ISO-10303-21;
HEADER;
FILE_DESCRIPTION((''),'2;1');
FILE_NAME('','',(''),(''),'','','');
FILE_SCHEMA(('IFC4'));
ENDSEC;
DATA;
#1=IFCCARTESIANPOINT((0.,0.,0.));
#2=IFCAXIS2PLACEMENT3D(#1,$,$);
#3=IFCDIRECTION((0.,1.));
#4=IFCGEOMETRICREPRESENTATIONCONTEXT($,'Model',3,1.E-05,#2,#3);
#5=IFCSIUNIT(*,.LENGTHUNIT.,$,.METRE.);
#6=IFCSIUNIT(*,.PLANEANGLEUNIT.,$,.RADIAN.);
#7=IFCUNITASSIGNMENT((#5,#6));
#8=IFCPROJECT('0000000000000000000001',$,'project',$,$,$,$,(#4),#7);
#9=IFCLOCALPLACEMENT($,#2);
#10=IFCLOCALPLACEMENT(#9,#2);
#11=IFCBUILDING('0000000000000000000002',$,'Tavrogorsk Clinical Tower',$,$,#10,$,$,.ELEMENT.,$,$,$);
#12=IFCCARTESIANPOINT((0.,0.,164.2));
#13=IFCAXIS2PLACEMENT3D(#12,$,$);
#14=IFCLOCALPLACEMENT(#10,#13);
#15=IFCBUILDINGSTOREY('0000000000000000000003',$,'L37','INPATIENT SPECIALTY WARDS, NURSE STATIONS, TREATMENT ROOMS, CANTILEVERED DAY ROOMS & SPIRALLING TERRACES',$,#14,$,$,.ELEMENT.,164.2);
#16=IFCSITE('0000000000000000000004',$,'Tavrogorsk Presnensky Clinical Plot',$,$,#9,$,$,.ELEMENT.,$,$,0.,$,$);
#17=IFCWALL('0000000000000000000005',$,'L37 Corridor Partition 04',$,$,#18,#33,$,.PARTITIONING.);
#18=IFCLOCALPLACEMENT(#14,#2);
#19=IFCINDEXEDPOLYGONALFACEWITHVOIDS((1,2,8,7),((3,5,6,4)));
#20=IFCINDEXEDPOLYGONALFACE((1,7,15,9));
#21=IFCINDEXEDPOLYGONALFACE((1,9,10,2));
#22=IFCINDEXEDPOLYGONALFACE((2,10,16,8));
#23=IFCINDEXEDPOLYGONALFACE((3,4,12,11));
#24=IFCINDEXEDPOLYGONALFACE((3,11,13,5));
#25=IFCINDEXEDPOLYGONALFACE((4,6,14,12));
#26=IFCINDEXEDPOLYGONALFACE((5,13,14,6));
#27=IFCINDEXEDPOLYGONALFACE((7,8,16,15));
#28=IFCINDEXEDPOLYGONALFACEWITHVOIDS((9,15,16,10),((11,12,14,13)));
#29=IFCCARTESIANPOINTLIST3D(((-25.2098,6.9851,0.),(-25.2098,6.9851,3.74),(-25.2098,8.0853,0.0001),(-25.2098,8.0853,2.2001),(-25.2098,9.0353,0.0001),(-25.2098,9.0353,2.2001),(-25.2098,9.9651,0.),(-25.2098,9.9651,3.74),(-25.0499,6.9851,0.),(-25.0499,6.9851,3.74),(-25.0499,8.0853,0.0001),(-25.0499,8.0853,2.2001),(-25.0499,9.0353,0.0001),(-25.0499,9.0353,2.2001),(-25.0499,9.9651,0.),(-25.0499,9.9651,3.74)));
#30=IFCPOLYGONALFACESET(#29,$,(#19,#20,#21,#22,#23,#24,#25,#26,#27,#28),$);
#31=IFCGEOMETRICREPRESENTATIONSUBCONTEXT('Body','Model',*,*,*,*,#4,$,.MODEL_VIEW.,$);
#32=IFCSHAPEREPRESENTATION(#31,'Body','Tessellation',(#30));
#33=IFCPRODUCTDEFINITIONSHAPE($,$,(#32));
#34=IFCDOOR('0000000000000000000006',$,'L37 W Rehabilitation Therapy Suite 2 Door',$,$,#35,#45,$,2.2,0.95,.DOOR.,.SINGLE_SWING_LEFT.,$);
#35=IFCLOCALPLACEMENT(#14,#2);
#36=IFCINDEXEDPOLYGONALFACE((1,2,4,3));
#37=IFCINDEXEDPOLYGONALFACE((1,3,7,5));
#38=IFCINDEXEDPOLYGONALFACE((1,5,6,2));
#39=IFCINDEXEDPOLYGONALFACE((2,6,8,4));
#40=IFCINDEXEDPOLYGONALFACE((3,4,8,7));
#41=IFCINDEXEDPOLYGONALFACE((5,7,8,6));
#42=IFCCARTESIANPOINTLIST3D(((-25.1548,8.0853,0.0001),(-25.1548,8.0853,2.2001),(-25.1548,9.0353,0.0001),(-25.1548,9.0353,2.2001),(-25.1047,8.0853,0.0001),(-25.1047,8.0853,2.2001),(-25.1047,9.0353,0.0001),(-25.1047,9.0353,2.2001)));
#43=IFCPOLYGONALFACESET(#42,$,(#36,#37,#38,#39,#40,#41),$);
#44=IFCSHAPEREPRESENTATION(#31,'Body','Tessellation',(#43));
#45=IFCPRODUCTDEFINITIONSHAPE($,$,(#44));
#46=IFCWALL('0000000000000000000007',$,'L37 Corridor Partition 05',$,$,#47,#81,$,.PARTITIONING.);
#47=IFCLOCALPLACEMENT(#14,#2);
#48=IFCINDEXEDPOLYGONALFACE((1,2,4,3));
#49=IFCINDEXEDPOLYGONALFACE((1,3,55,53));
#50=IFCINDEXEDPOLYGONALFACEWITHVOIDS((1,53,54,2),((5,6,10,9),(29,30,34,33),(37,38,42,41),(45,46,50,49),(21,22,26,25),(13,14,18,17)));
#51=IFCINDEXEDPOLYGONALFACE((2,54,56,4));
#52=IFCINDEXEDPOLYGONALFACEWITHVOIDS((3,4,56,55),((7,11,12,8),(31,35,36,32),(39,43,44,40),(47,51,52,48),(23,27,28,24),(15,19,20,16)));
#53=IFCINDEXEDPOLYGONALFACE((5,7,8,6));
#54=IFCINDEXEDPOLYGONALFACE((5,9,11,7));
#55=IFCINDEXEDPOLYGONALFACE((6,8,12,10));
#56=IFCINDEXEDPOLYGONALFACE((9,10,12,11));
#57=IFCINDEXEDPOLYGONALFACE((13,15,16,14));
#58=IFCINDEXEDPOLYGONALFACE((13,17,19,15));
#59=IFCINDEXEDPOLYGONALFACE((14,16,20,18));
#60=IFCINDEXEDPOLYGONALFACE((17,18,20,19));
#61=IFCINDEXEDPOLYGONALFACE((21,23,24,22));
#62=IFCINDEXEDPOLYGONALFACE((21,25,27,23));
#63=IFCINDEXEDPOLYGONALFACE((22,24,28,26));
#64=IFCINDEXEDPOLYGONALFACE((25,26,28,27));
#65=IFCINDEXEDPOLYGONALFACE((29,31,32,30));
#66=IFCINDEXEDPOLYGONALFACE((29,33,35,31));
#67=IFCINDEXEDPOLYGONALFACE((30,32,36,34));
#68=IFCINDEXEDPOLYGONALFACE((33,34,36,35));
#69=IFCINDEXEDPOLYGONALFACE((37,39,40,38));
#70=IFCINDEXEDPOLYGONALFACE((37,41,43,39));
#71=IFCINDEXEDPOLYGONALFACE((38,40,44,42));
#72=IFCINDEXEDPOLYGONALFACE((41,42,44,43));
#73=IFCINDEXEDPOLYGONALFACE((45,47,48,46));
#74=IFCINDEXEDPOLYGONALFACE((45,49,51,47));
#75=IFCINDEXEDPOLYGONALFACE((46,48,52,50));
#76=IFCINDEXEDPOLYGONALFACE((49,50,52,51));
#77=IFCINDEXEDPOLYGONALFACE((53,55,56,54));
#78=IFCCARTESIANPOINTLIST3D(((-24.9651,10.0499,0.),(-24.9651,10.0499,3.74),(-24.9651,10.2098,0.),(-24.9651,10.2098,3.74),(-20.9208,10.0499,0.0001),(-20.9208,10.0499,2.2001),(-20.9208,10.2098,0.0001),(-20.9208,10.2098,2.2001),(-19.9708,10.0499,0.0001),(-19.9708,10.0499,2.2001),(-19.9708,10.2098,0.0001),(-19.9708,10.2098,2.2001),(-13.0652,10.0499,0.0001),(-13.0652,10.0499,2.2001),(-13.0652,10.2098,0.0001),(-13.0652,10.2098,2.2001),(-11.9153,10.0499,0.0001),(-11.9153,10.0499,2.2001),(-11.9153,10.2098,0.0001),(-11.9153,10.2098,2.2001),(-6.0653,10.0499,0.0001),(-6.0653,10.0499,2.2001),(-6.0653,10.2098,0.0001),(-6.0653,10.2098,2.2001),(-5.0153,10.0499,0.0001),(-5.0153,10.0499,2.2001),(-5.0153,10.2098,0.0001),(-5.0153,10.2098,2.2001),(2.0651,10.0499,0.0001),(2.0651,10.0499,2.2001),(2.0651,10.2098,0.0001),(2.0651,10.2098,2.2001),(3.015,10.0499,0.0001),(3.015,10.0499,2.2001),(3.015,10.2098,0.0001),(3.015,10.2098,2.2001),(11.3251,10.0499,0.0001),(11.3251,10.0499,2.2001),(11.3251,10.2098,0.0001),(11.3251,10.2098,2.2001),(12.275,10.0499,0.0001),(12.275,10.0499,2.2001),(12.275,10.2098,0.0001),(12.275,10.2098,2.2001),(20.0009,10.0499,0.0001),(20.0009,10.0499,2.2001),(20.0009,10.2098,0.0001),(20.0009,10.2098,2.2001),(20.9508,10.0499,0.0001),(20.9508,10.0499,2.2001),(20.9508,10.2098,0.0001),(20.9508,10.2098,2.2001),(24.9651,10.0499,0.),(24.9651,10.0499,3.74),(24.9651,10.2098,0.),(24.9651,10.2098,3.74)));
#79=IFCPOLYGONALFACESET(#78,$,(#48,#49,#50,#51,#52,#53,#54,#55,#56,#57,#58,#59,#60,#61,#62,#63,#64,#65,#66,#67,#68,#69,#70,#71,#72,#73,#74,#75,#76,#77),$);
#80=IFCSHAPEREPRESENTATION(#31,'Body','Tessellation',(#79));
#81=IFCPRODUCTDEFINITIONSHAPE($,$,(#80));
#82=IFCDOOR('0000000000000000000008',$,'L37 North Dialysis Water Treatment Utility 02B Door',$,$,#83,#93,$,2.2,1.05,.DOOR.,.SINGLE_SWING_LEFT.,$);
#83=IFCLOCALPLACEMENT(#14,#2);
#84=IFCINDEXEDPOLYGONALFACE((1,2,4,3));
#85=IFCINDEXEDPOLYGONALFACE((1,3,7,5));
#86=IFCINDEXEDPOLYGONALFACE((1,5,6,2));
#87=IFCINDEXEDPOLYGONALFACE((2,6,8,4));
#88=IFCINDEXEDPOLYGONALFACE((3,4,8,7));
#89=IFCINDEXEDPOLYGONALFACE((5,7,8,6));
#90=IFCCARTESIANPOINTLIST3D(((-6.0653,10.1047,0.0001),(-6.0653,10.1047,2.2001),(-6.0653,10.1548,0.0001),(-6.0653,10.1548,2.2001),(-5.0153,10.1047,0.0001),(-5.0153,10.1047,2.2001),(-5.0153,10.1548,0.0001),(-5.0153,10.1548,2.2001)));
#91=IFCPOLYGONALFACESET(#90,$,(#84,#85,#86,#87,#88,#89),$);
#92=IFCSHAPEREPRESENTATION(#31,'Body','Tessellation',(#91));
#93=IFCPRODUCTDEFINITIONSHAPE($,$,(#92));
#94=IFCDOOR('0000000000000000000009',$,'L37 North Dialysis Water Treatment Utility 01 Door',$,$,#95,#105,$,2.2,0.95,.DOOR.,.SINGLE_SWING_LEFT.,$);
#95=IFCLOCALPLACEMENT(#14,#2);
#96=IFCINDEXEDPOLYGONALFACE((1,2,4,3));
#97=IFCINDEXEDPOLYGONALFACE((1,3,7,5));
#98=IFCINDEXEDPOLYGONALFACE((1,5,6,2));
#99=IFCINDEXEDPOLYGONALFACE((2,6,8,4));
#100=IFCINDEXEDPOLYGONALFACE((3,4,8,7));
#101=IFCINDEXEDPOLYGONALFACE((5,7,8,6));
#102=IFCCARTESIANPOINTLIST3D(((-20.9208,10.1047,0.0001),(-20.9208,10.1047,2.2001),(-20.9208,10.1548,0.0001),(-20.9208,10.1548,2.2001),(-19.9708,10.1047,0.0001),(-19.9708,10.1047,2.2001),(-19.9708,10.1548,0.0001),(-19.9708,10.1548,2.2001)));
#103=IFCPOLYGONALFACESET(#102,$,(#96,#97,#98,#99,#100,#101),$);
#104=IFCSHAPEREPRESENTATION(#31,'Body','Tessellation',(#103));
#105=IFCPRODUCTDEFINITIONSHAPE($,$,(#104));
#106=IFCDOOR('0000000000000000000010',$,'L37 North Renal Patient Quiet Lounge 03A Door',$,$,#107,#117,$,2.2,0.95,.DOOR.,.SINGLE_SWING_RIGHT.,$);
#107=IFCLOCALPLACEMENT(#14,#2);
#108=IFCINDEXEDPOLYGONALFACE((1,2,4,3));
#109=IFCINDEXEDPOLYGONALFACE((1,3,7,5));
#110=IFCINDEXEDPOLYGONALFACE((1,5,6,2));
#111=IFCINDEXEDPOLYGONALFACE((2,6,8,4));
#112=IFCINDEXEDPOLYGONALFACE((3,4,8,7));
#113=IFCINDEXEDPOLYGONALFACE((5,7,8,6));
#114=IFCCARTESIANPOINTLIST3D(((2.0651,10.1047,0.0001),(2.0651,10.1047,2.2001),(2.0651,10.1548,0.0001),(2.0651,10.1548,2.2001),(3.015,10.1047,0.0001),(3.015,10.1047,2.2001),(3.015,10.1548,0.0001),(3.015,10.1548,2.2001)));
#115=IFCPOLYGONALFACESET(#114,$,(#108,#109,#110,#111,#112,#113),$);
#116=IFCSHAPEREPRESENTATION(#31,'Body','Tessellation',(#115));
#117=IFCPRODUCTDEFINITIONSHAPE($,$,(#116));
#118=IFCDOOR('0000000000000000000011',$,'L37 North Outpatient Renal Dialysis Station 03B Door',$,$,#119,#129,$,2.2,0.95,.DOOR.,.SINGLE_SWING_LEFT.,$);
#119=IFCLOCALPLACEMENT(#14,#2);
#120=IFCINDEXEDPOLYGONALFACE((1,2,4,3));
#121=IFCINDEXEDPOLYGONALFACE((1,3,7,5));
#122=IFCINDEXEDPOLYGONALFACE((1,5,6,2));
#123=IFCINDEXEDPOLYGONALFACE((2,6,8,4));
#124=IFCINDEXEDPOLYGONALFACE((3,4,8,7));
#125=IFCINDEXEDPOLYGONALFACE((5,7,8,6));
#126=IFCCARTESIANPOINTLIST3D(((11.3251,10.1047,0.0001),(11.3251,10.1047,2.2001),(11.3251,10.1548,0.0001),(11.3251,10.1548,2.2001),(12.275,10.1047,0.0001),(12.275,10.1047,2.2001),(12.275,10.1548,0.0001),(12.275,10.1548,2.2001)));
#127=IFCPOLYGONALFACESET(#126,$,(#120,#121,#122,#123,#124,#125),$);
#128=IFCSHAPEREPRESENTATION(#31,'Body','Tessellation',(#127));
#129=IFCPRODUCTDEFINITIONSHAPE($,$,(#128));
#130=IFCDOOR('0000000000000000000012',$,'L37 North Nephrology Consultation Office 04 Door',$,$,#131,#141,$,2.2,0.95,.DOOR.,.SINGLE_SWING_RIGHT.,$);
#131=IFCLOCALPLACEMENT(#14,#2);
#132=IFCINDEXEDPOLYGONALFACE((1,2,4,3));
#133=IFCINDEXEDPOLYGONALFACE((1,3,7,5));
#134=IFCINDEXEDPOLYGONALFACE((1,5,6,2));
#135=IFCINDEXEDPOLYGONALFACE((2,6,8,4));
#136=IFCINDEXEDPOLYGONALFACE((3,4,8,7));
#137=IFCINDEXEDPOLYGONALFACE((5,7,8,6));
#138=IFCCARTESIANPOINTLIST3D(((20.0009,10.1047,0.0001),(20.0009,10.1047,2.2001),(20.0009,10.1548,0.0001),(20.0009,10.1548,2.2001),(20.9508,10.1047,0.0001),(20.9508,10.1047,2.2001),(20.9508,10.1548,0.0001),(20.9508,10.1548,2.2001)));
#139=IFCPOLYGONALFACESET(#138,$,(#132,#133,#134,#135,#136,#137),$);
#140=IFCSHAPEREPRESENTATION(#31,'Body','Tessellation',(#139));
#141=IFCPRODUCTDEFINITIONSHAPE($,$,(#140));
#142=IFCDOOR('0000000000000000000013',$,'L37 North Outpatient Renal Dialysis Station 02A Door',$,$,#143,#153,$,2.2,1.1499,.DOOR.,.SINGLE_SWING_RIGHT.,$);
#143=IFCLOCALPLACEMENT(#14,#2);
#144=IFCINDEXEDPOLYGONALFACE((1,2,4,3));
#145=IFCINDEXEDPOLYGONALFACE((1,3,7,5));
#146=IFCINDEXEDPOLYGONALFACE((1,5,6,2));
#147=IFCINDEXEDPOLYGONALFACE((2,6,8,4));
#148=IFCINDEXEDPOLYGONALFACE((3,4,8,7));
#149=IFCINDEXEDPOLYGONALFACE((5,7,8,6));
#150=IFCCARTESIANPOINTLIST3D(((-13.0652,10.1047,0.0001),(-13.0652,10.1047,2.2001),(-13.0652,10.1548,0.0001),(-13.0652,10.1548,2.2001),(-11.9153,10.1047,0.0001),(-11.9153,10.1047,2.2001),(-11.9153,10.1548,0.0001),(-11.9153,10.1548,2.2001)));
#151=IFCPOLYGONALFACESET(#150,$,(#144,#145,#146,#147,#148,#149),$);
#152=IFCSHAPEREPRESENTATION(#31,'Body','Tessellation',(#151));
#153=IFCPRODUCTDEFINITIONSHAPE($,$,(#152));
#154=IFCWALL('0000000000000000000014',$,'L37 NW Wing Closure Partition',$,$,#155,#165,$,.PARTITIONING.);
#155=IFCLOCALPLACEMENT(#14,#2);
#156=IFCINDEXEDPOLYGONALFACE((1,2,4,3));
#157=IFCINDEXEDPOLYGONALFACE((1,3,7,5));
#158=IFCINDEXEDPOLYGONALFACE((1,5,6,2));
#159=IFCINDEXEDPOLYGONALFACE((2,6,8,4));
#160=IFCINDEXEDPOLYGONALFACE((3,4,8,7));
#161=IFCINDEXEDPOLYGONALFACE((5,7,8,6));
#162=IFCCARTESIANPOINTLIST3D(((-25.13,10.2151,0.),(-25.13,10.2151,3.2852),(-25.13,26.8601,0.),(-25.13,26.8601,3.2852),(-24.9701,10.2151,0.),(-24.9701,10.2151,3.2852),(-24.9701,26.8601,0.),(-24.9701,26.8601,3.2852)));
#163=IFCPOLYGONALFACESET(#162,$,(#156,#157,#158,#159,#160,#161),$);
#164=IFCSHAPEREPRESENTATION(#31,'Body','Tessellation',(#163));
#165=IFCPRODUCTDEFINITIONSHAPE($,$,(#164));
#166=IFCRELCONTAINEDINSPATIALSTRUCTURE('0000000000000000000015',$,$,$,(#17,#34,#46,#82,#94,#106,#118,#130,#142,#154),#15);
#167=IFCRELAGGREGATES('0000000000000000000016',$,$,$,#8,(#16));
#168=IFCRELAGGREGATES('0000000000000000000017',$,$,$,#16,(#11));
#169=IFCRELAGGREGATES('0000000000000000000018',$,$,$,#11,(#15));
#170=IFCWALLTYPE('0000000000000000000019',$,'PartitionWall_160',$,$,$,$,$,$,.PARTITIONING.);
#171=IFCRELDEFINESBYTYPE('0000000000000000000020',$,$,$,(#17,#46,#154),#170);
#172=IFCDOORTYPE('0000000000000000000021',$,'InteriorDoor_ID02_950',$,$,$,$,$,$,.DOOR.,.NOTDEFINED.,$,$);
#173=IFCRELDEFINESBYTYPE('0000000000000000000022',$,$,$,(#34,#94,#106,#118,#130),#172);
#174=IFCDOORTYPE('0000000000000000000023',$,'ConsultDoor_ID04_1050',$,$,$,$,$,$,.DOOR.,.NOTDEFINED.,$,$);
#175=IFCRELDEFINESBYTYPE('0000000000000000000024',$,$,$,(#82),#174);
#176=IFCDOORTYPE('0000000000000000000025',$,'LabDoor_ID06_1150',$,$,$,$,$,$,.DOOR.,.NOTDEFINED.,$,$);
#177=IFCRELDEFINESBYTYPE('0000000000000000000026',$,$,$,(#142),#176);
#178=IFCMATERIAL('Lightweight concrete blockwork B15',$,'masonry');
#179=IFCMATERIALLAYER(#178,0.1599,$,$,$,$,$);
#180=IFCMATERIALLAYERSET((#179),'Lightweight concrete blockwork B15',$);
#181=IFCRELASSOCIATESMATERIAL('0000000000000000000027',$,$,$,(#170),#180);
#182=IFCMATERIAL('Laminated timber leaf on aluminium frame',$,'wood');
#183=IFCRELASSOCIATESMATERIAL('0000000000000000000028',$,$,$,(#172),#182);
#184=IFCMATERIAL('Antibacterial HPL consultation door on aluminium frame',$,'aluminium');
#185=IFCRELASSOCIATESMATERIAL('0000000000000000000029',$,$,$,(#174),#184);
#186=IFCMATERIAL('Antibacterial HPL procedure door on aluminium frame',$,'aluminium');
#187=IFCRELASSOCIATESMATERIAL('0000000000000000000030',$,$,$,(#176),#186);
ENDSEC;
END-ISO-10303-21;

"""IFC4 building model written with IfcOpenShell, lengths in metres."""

from ifc_helpers import new_model, si_unit, direction, frame, frame_2d, origin, place, context, subcontext, project, spatial, rectangle, extrude, material, layer, layer_set, type_object, element, fill, save


model = new_model("IFC4")

# Units and contexts
model_context = context("Model", 3, precision=1e-05, world=origin(), true_north=direction((0.0, 1.0)))
body_context = subcontext(model_context, "Body", "Model", "MODEL_VIEW")
ifc_project = project(units=[si_unit("LENGTHUNIT", "METRE"), si_unit("PLANEANGLEUNIT", "RADIAN")], contexts=[model_context])

# Site, building, storey
site_placement = place(None, origin())
site = spatial("IfcSite", under=ifc_project, at=site_placement, Name="Tavrogorsk Presnensky Clinical Plot", CompositionType="ELEMENT", RefElevation=0.0)
building_placement = place(site_placement, origin())
building = spatial("IfcBuilding", under=site, at=building_placement, Name="Tavrogorsk Clinical Tower", CompositionType="ELEMENT")
storey_placement = place(building_placement, frame((0.0, 0.0, 164.2)))
storey = spatial("IfcBuildingStorey", under=building, at=storey_placement, Name="L37", Description="INPATIENT SPECIALTY WARDS, NURSE STATIONS, TREATMENT ROOMS, CANTILEVERED DAY ROOMS & SPIRALLING TERRACES", CompositionType="ELEMENT", Elevation=164.2)

# Wall, opening, door
ifc_material_1 = material(Name="Lightweight concrete blockwork B15", Category="masonry")
ifc_layer_1 = layer(ifc_material_1, 0.1599)
ifc_layer_set_1 = layer_set([ifc_layer_1], Name="Lightweight concrete blockwork B15")
wall_type_1 = type_object("IfcWallType", Name="PartitionWall_160", PredefinedType="PARTITIONING", material=ifc_layer_set_1)
wall_1_placement = place(storey_placement, frame((-25.1299, 6.9851, 0.0), z_axis=(0.0, 0.0, 1.0), x_axis=(0.0, 1.0, 0.0)))
wall_1 = element("IfcWall", 1, at=wall_1_placement, inside=storey, type_object=wall_type_1, Name="L37 Corridor Partition 04", PredefinedType="PARTITIONING", context=body_context, shape_type="SweptSolid", body=[
    extrude(rectangle(XDim=2.98, YDim=0.1599, at=frame_2d((1.49, 0.0))), origin(), (0.0, 0.0, 1.0), 3.74),
])
opening_1_placement = place(wall_1_placement, frame((1.1001, 0.0, 0.0)))
opening_1 = element("IfcOpeningElement", 2, at=opening_1_placement, cuts=wall_1, PredefinedType="OPENING", context=body_context, shape_type="SweptSolid", body=[
    extrude(rectangle(XDim=0.95, YDim=2.2, at=frame_2d((0.4751, 1.1001))), frame((0.0, 0.0898, 0.0), z_axis=(0.0, -1.0, 0.0), x_axis=(1.0, 0.0, 0.0)), (0.0, 0.0, 1.0), 0.1799),
])
ifc_material_2 = material(Name="Laminated timber leaf on aluminium frame", Category="wood")
door_type_1 = type_object("IfcDoorType", Name="InteriorDoor_ID02_950", OperationType="NOTDEFINED", PredefinedType="DOOR", material=ifc_material_2)
door_1_placement = place(opening_1_placement, origin())
door_1 = element("IfcDoor", 3, at=door_1_placement, inside=storey, type_object=door_type_1, Name="L37 W Rehabilitation Therapy Suite 2 Door", OperationType="SINGLE_SWING_LEFT", OverallHeight=2.2, OverallWidth=0.95, PredefinedType="DOOR", context=body_context, shape_type="SweptSolid", body=[
    extrude(rectangle(XDim=0.95, YDim=2.2, at=frame_2d((0.4751, 1.1001))), frame((0.0, 0.0249, 0.0), z_axis=(0.0, -1.0, 0.0), x_axis=(1.0, 0.0, 0.0)), (0.0, 0.0, 1.0), 0.05),
])
fill(opening_1, door_1)

# Wall, openings, doors
wall_2_placement = place(storey_placement, frame((-24.9651, 10.1299, 0.0), z_axis=(0.0, 0.0, 1.0), x_axis=(1.0, 0.0, 0.0)))
wall_2 = element("IfcWall", 4, at=wall_2_placement, inside=storey, type_object=wall_type_1, Name="L37 Corridor Partition 05", PredefinedType="PARTITIONING", context=body_context, shape_type="SweptSolid", body=[
    extrude(rectangle(XDim=49.9302, YDim=0.1599, at=frame_2d((24.9651, 0.0))), origin(), (0.0, 0.0, 1.0), 3.74),
])
opening_2_placement = place(wall_2_placement, frame((4.0442, 0.0, 0.0)))
opening_2 = element("IfcOpeningElement", 5, at=opening_2_placement, cuts=wall_2, PredefinedType="OPENING", context=body_context, shape_type="SweptSolid", body=[
    extrude(rectangle(XDim=0.95, YDim=2.2, at=frame_2d((0.4751, 1.1001))), frame((0.0, 0.0898, 0.0), z_axis=(0.0, -1.0, 0.0), x_axis=(1.0, 0.0, 0.0)), (0.0, 0.0, 1.0), 0.1799),
])
opening_3_placement = place(wall_2_placement, frame((11.8999, 0.0, 0.0)))
opening_3 = element("IfcOpeningElement", 6, at=opening_3_placement, cuts=wall_2, PredefinedType="OPENING", context=body_context, shape_type="SweptSolid", body=[
    extrude(rectangle(XDim=1.1499, YDim=2.2, at=frame_2d((0.575, 1.1001))), frame((0.0, 0.0898, 0.0), z_axis=(0.0, -1.0, 0.0), x_axis=(1.0, 0.0, 0.0)), (0.0, 0.0, 1.0), 0.1799),
])
opening_4_placement = place(wall_2_placement, frame((18.8999, 0.0, 0.0)))
opening_4 = element("IfcOpeningElement", 7, at=opening_4_placement, cuts=wall_2, PredefinedType="OPENING", context=body_context, shape_type="SweptSolid", body=[
    extrude(rectangle(XDim=1.05, YDim=2.2, at=frame_2d((0.5249, 1.1001))), frame((0.0, 0.0898, 0.0), z_axis=(0.0, -1.0, 0.0), x_axis=(1.0, 0.0, 0.0)), (0.0, 0.0, 1.0), 0.1799),
])
opening_5_placement = place(wall_2_placement, frame((27.03, 0.0, 0.0)))
opening_5 = element("IfcOpeningElement", 8, at=opening_5_placement, cuts=wall_2, PredefinedType="OPENING", context=body_context, shape_type="SweptSolid", body=[
    extrude(rectangle(XDim=0.95, YDim=2.2, at=frame_2d((0.4751, 1.1001))), frame((0.0, 0.0898, 0.0), z_axis=(0.0, -1.0, 0.0), x_axis=(1.0, 0.0, 0.0)), (0.0, 0.0, 1.0), 0.1799),
])
opening_6_placement = place(wall_2_placement, frame((36.29, 0.0, 0.0)))
opening_6 = element("IfcOpeningElement", 9, at=opening_6_placement, cuts=wall_2, PredefinedType="OPENING", context=body_context, shape_type="SweptSolid", body=[
    extrude(rectangle(XDim=0.95, YDim=2.2, at=frame_2d((0.4751, 1.1001))), frame((0.0, 0.0898, 0.0), z_axis=(0.0, -1.0, 0.0), x_axis=(1.0, 0.0, 0.0)), (0.0, 0.0, 1.0), 0.1799),
])
opening_7_placement = place(wall_2_placement, frame((44.9658, 0.0, 0.0)))
opening_7 = element("IfcOpeningElement", 10, at=opening_7_placement, cuts=wall_2, PredefinedType="OPENING", context=body_context, shape_type="SweptSolid", body=[
    extrude(rectangle(XDim=0.95, YDim=2.2, at=frame_2d((0.4751, 1.1001))), frame((0.0, 0.0898, 0.0), z_axis=(0.0, -1.0, 0.0), x_axis=(1.0, 0.0, 0.0)), (0.0, 0.0, 1.0), 0.1799),
])
ifc_material_3 = material(Name="Antibacterial HPL consultation door on aluminium frame", Category="aluminium")
door_type_2 = type_object("IfcDoorType", Name="ConsultDoor_ID04_1050", OperationType="NOTDEFINED", PredefinedType="DOOR", material=ifc_material_3)
door_2_placement = place(opening_4_placement, origin())
door_2 = element("IfcDoor", 11, at=door_2_placement, inside=storey, type_object=door_type_2, Name="L37 North Dialysis Water Treatment Utility 02B Door", OperationType="SINGLE_SWING_LEFT", OverallHeight=2.2, OverallWidth=1.05, PredefinedType="DOOR", context=body_context, shape_type="SweptSolid", body=[
    extrude(rectangle(XDim=1.05, YDim=2.2, at=frame_2d((0.5249, 1.1001))), frame((0.0, 0.0249, 0.0), z_axis=(0.0, -1.0, 0.0), x_axis=(1.0, 0.0, 0.0)), (0.0, 0.0, 1.0), 0.05),
])
fill(opening_4, door_2)
door_3_placement = place(opening_2_placement, origin())
door_3 = element("IfcDoor", 12, at=door_3_placement, inside=storey, type_object=door_type_1, Name="L37 North Dialysis Water Treatment Utility 01 Door", OperationType="SINGLE_SWING_LEFT", OverallHeight=2.2, OverallWidth=0.95, PredefinedType="DOOR", context=body_context, shape_type="SweptSolid", body=[
    extrude(rectangle(XDim=0.95, YDim=2.2, at=frame_2d((0.4751, 1.1001))), frame((0.0, 0.0249, 0.0), z_axis=(0.0, -1.0, 0.0), x_axis=(1.0, 0.0, 0.0)), (0.0, 0.0, 1.0), 0.05),
])
fill(opening_2, door_3)
door_4_placement = place(opening_5_placement, origin())
door_4 = element("IfcDoor", 13, at=door_4_placement, inside=storey, type_object=door_type_1, Name="L37 North Renal Patient Quiet Lounge 03A Door", OperationType="SINGLE_SWING_RIGHT", OverallHeight=2.2, OverallWidth=0.95, PredefinedType="DOOR", context=body_context, shape_type="SweptSolid", body=[
    extrude(rectangle(XDim=0.95, YDim=2.2, at=frame_2d((0.4751, 1.1001))), frame((0.0, 0.0249, 0.0), z_axis=(0.0, -1.0, 0.0), x_axis=(1.0, 0.0, 0.0)), (0.0, 0.0, 1.0), 0.05),
])
fill(opening_5, door_4)
door_5_placement = place(opening_6_placement, origin())
door_5 = element("IfcDoor", 14, at=door_5_placement, inside=storey, type_object=door_type_1, Name="L37 North Outpatient Renal Dialysis Station 03B Door", OperationType="SINGLE_SWING_LEFT", OverallHeight=2.2, OverallWidth=0.95, PredefinedType="DOOR", context=body_context, shape_type="SweptSolid", body=[
    extrude(rectangle(XDim=0.95, YDim=2.2, at=frame_2d((0.4751, 1.1001))), frame((0.0, 0.0249, 0.0), z_axis=(0.0, -1.0, 0.0), x_axis=(1.0, 0.0, 0.0)), (0.0, 0.0, 1.0), 0.05),
])
fill(opening_6, door_5)
door_6_placement = place(opening_7_placement, origin())
door_6 = element("IfcDoor", 15, at=door_6_placement, inside=storey, type_object=door_type_1, Name="L37 North Nephrology Consultation Office 04 Door", OperationType="SINGLE_SWING_RIGHT", OverallHeight=2.2, OverallWidth=0.95, PredefinedType="DOOR", context=body_context, shape_type="SweptSolid", body=[
    extrude(rectangle(XDim=0.95, YDim=2.2, at=frame_2d((0.4751, 1.1001))), frame((0.0, 0.0249, 0.0), z_axis=(0.0, -1.0, 0.0), x_axis=(1.0, 0.0, 0.0)), (0.0, 0.0, 1.0), 0.05),
])
fill(opening_7, door_6)
ifc_material_4 = material(Name="Antibacterial HPL procedure door on aluminium frame", Category="aluminium")
door_type_3 = type_object("IfcDoorType", Name="LabDoor_ID06_1150", OperationType="NOTDEFINED", PredefinedType="DOOR", material=ifc_material_4)
door_7_placement = place(opening_3_placement, origin())
door_7 = element("IfcDoor", 16, at=door_7_placement, inside=storey, type_object=door_type_3, Name="L37 North Outpatient Renal Dialysis Station 02A Door", OperationType="SINGLE_SWING_RIGHT", OverallHeight=2.2, OverallWidth=1.1499, PredefinedType="DOOR", context=body_context, shape_type="SweptSolid", body=[
    extrude(rectangle(XDim=1.1499, YDim=2.2, at=frame_2d((0.575, 1.1001))), frame((0.0, 0.0249, 0.0), z_axis=(0.0, -1.0, 0.0), x_axis=(1.0, 0.0, 0.0)), (0.0, 0.0, 1.0), 0.05),
])
fill(opening_3, door_7)

# Wall
wall_3_placement = place(storey_placement, frame((-25.05, 10.2151, 0.0), z_axis=(0.0, 0.0, 1.0), x_axis=(0.0, 1.0, 0.0)))
element("IfcWall", 17, at=wall_3_placement, inside=storey, type_object=wall_type_1, Name="L37 NW Wing Closure Partition", PredefinedType="PARTITIONING", context=body_context, shape_type="SweptSolid", body=[
    extrude(rectangle(XDim=16.645, YDim=0.1599, at=frame_2d((8.3225, 0.0))), origin(), (0.0, 0.0, 1.0), 3.2852),
])

save(model, "model.ifc")
